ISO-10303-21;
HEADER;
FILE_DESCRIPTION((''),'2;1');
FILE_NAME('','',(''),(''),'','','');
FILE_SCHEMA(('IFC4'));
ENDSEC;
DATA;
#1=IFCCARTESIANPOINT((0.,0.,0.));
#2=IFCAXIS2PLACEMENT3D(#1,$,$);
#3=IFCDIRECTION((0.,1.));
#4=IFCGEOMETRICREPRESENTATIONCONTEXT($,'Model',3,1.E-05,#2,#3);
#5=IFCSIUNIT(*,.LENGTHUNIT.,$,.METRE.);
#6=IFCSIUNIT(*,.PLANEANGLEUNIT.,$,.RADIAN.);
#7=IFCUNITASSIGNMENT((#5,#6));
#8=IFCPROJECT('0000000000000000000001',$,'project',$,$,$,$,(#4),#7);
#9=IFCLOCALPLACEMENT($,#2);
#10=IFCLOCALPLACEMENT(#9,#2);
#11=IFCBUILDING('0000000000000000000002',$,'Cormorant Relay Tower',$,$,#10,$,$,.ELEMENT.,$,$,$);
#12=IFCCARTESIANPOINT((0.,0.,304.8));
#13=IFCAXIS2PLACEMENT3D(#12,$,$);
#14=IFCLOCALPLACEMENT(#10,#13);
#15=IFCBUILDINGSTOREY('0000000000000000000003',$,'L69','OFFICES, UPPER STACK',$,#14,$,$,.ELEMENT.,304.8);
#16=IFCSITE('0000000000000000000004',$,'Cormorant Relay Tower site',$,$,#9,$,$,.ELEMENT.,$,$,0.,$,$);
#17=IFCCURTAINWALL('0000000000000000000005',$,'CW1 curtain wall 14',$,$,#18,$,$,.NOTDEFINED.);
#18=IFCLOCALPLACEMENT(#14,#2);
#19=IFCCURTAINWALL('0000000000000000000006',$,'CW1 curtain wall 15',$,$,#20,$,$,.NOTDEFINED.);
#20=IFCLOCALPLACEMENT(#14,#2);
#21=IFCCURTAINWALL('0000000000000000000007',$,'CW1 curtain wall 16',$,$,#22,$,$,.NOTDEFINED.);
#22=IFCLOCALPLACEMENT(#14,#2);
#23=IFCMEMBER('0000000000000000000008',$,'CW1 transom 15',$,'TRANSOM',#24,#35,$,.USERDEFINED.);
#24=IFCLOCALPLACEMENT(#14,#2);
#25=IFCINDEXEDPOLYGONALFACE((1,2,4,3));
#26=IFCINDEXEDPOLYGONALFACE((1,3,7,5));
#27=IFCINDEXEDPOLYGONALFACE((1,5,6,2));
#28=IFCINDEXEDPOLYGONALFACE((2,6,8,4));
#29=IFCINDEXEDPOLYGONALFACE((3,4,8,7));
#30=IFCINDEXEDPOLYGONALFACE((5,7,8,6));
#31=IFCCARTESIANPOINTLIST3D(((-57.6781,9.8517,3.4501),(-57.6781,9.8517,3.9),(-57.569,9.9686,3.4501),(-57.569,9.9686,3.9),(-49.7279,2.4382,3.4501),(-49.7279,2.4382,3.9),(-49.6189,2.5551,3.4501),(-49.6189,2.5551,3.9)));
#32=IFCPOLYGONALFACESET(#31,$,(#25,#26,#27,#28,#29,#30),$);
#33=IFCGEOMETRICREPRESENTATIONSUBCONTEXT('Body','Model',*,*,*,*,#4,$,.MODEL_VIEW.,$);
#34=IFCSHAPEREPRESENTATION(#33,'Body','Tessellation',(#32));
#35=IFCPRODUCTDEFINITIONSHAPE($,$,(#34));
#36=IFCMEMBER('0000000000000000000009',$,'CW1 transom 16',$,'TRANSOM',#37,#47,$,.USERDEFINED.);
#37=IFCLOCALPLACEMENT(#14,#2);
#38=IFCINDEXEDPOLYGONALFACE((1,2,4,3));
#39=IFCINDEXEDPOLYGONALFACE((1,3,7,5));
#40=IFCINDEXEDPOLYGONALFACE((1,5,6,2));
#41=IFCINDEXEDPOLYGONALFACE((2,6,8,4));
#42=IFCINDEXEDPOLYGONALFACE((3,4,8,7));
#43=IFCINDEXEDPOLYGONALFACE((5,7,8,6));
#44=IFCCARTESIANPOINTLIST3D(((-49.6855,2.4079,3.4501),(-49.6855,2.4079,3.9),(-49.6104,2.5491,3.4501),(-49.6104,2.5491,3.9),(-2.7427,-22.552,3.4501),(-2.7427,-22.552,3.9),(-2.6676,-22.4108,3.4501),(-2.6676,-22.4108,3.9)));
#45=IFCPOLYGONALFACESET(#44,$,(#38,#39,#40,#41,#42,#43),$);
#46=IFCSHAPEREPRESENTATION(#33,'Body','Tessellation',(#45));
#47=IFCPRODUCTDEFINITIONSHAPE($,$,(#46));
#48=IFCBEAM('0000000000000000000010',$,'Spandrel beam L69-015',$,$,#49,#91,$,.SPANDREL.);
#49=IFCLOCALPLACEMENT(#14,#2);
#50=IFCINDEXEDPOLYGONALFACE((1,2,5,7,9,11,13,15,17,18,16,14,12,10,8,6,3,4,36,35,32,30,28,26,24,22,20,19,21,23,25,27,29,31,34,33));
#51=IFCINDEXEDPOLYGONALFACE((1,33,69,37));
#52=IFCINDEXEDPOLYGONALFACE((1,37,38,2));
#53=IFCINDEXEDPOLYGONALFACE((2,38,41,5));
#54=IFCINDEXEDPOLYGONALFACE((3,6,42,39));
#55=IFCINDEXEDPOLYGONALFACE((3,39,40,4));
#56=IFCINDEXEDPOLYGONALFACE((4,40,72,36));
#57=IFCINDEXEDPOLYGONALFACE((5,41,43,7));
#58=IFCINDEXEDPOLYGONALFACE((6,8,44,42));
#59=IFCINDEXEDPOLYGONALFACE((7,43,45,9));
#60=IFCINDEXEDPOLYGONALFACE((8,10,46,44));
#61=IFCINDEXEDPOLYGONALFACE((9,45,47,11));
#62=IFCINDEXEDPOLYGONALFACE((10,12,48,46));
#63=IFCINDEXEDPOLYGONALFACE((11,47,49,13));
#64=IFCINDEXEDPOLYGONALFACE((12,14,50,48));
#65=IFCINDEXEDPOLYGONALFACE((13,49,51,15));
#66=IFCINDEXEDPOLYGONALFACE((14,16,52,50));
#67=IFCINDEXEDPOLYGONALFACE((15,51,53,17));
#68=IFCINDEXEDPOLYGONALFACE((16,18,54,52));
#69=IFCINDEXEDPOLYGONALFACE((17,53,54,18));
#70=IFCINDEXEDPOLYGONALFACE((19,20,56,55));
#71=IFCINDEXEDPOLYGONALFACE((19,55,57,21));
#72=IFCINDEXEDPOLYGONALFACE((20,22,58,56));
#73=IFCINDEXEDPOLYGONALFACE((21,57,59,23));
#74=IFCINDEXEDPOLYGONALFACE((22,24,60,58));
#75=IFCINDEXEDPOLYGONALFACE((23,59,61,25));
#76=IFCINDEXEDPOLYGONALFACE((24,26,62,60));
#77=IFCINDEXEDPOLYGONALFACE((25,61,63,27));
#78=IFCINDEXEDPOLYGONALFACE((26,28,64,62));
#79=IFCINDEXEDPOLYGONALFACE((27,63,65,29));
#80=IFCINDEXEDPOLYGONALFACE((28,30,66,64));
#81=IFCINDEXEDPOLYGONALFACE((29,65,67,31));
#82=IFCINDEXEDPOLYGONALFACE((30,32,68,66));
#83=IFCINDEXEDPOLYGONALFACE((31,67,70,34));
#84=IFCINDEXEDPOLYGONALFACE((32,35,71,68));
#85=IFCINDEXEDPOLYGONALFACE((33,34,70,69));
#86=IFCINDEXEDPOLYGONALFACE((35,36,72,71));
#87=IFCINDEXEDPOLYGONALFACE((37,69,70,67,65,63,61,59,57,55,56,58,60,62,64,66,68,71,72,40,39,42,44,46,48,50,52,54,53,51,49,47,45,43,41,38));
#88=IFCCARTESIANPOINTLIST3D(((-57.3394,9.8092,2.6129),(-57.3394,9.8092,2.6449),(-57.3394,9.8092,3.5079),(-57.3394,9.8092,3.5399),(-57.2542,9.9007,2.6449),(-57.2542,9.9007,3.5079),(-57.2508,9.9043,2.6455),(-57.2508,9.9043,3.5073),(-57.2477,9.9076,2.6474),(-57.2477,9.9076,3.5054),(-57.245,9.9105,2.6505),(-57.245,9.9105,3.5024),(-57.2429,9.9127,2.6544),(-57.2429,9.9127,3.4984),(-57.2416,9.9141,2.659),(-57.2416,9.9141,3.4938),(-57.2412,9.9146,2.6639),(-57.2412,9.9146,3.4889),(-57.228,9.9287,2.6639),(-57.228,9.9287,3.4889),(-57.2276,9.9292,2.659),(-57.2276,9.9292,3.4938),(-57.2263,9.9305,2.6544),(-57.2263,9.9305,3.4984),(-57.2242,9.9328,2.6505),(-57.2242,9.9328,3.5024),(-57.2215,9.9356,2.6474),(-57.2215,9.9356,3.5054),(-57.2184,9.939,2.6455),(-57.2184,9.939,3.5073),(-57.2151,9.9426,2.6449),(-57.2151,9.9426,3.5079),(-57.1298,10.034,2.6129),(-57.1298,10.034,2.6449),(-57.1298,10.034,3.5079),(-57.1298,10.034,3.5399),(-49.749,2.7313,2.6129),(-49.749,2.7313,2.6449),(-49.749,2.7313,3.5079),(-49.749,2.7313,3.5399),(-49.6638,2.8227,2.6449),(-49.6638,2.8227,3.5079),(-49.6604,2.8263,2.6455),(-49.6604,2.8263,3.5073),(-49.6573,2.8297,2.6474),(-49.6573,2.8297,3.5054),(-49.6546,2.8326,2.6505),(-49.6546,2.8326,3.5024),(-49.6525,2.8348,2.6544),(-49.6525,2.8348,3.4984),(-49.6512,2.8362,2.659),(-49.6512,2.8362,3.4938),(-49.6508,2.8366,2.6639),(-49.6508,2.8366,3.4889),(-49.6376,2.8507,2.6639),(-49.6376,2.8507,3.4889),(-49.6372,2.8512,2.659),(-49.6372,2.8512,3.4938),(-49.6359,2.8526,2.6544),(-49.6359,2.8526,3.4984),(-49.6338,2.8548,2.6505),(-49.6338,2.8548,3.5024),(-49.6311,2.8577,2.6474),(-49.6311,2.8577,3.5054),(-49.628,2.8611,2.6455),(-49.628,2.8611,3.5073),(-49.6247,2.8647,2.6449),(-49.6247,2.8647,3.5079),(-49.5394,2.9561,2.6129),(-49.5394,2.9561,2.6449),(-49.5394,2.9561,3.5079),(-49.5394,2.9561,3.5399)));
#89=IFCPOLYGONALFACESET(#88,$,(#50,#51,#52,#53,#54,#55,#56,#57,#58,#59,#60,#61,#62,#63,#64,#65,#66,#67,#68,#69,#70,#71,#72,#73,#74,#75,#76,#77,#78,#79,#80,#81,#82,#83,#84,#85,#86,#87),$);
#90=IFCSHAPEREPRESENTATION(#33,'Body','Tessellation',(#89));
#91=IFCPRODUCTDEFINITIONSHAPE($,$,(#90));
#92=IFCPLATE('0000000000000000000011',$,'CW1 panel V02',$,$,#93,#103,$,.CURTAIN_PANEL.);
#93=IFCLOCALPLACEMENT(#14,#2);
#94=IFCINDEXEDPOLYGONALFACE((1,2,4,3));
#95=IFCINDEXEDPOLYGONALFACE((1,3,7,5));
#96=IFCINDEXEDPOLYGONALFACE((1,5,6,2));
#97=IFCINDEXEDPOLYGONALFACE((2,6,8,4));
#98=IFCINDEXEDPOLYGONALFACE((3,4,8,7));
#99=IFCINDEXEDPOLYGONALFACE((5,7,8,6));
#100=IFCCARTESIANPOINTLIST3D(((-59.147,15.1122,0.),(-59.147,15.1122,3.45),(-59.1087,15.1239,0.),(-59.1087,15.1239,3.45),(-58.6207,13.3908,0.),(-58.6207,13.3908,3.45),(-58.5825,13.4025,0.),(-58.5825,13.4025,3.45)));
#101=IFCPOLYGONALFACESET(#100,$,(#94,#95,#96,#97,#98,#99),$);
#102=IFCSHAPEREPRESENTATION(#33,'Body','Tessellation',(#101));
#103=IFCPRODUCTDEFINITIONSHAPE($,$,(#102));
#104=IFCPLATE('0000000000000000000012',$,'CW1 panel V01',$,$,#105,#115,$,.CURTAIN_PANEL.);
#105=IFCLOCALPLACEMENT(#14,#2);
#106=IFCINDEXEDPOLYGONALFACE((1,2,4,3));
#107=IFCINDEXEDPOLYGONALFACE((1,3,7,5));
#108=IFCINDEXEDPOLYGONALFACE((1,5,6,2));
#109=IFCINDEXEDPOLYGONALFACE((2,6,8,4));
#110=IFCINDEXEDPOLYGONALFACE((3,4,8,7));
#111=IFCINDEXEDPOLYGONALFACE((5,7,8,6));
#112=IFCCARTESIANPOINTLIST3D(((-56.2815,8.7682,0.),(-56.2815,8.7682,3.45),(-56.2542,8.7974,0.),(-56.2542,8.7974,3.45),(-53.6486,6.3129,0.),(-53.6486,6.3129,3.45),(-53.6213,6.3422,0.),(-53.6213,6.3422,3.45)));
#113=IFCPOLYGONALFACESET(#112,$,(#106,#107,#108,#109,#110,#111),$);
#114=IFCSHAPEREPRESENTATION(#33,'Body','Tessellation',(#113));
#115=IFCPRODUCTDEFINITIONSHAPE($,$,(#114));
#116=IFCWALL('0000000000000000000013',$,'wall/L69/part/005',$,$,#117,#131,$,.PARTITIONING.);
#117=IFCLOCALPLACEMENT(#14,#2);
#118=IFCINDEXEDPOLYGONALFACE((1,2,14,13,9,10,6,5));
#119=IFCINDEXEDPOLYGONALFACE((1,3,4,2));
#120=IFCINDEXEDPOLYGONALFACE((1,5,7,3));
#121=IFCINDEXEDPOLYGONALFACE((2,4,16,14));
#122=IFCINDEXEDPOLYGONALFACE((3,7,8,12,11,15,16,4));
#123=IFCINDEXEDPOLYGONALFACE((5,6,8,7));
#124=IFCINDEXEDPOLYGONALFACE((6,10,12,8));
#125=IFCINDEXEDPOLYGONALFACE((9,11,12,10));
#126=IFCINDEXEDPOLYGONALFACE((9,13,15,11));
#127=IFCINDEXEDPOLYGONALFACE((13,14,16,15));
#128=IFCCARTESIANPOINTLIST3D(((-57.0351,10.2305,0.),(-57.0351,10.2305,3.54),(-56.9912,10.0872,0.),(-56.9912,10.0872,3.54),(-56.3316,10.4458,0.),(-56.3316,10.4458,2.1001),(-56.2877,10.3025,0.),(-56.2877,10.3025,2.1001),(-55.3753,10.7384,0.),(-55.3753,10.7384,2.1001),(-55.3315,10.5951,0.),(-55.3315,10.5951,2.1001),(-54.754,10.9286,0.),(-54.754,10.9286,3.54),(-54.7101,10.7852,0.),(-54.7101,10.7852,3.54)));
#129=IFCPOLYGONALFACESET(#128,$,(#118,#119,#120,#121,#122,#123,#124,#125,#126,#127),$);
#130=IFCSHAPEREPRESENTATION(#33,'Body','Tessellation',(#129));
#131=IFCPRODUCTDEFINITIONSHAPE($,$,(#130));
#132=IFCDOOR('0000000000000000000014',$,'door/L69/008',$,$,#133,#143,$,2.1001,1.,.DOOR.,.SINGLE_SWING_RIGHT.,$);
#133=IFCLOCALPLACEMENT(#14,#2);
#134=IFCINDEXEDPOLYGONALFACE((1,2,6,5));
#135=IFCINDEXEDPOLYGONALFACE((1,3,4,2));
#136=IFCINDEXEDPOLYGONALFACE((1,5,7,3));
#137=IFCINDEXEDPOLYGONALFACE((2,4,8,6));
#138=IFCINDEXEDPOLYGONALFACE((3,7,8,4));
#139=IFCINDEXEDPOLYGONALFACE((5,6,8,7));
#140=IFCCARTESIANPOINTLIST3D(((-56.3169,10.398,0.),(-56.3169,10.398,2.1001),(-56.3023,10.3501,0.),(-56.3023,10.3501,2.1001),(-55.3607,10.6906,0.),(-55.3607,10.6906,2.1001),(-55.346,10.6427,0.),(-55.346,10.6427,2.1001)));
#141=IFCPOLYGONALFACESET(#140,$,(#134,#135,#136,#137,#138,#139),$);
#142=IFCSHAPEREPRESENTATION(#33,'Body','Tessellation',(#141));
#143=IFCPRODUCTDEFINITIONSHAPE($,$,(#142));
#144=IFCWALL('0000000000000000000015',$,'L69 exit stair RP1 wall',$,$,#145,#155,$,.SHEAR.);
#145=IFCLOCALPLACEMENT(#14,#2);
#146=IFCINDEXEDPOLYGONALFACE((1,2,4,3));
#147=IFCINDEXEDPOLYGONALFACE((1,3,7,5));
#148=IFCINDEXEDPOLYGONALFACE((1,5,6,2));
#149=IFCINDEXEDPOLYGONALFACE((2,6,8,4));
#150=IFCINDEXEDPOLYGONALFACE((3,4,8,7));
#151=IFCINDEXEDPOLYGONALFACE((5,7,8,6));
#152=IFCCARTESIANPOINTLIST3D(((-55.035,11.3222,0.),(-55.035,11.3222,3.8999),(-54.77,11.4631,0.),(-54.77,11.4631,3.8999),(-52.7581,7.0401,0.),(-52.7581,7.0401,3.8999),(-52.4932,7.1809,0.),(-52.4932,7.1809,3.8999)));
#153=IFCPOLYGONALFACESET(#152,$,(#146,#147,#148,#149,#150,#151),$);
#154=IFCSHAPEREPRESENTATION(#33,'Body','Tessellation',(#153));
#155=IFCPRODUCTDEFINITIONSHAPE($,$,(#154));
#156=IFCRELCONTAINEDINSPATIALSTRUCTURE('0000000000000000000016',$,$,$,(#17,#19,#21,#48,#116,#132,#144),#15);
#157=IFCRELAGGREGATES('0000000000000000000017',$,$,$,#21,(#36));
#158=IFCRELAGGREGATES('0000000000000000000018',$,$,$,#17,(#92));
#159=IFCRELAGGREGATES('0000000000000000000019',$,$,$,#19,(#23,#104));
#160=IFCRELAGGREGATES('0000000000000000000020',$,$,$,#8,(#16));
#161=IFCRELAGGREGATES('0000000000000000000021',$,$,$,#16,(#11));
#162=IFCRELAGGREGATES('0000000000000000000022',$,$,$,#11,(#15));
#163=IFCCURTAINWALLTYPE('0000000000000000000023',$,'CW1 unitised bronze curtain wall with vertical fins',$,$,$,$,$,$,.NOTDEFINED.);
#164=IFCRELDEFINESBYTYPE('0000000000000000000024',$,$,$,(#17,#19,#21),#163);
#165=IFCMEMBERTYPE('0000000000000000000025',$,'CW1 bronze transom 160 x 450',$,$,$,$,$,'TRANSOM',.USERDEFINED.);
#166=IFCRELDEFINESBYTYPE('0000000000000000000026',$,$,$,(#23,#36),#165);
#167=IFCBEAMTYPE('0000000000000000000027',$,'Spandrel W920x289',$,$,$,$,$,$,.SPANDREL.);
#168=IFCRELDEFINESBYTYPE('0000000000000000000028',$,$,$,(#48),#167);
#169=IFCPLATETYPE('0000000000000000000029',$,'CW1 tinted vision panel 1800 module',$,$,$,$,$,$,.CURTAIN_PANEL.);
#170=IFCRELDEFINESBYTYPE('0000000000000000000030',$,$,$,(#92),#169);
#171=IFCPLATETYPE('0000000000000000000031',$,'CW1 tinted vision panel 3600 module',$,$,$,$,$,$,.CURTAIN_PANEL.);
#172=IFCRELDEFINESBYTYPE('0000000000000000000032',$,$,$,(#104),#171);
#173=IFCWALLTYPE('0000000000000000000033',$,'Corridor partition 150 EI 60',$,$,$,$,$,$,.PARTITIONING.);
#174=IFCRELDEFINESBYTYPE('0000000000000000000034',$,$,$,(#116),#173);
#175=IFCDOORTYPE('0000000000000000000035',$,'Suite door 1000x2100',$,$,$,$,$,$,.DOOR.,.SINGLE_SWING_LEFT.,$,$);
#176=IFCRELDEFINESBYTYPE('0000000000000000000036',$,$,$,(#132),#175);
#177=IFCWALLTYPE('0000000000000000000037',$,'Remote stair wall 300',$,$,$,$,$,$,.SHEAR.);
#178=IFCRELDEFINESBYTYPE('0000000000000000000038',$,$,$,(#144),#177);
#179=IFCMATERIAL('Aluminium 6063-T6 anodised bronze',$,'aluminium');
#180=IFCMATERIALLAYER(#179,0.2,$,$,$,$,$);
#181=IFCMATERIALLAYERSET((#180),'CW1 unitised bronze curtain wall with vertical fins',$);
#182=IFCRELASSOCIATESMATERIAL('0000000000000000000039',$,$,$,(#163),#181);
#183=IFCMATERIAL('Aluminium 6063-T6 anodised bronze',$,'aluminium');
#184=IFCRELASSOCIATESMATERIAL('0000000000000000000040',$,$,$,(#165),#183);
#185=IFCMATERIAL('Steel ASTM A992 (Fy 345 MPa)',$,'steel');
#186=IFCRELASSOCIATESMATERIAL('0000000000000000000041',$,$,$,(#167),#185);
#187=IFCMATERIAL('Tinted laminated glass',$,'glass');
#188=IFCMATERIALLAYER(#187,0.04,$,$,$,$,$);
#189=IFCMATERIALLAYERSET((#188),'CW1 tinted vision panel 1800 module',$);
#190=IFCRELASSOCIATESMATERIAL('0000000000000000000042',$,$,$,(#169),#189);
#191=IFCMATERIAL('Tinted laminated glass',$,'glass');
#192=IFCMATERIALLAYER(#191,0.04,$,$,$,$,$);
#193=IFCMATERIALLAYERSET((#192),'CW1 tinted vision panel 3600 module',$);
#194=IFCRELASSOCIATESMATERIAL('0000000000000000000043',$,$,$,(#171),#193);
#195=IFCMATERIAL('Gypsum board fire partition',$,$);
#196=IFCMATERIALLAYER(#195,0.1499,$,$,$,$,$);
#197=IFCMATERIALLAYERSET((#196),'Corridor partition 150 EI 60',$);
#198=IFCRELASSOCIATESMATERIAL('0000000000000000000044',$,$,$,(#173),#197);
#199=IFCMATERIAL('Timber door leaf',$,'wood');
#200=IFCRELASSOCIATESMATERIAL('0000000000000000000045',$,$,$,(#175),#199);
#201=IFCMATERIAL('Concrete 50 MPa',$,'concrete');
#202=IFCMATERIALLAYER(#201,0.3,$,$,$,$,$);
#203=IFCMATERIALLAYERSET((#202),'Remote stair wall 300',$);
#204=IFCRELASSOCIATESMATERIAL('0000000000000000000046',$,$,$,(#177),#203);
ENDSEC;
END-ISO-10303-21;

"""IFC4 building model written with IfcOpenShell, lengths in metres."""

from ifc_helpers import new_model, si_unit, direction, frame, frame_2d, origin, origin_2d, place, context, subcontext, project, spatial, rectangle, i_section, extrude, material, layer, layer_set, material_profile, profile_set, type_object, element, fill, aggregate, save


model = new_model("IFC4")

# Units and contexts
model_context = context("Model", 3, precision=1e-05, world=origin(), true_north=direction((0.0, 1.0)))
body_context = subcontext(model_context, "Body", "Model", "MODEL_VIEW")
ifc_project = project(units=[si_unit("LENGTHUNIT", "METRE"), si_unit("PLANEANGLEUNIT", "RADIAN")], contexts=[model_context])

# Site, building, storey
site_placement = place(None, origin())
site = spatial("IfcSite", under=ifc_project, at=site_placement, Name="Cormorant Relay Tower site", CompositionType="ELEMENT", RefElevation=0.0)
building_placement = place(site_placement, origin())
building = spatial("IfcBuilding", under=site, at=building_placement, Name="Cormorant Relay Tower", CompositionType="ELEMENT")
storey_placement = place(building_placement, frame((0.0, 0.0, 304.8)))
storey = spatial("IfcBuildingStorey", under=building, at=storey_placement, Name="L69", Description="OFFICES, UPPER STACK", CompositionType="ELEMENT", Elevation=304.8)

# Curtain wall
ifc_material_1 = material(Name="Aluminium 6063-T6 anodised bronze", Category="aluminium")
ifc_layer_1 = layer(ifc_material_1, 0.2)
ifc_layer_set_1 = layer_set([ifc_layer_1], Name="CW1 unitised bronze curtain wall with vertical fins")
curtain_wall_type = type_object("IfcCurtainWallType", Name="CW1 unitised bronze curtain wall with vertical fins", PredefinedType="NOTDEFINED", material=ifc_layer_set_1)
curtain_wall_1_placement = place(storey_placement, origin())
curtain_wall_1 = element("IfcCurtainWall", 1, at=curtain_wall_1_placement, inside=storey, type_object=curtain_wall_type, Name="CW1 curtain wall 14", PredefinedType="NOTDEFINED")

# Curtain wall
curtain_wall_2_placement = place(storey_placement, origin())
curtain_wall_2 = element("IfcCurtainWall", 2, at=curtain_wall_2_placement, inside=storey, type_object=curtain_wall_type, Name="CW1 curtain wall 15", PredefinedType="NOTDEFINED")

# Curtain wall
curtain_wall_3_placement = place(storey_placement, origin())
curtain_wall_3 = element("IfcCurtainWall", 3, at=curtain_wall_3_placement, inside=storey, type_object=curtain_wall_type, Name="CW1 curtain wall 16", PredefinedType="NOTDEFINED")

# Members
ifc_material_2 = material(Name="Aluminium 6063-T6 anodised bronze", Category="aluminium")
ifc_material_profile_1 = material_profile(ifc_material_2, rectangle(XDim=0.1599, YDim=0.45, at=origin_2d()), Name="AL 160x450")
ifc_profile_set_1 = profile_set([ifc_material_profile_1], Name="Aluminium 6063-T6 anodised bronze")
member_type_1 = type_object("IfcMemberType", Name="CW1 bronze transom 160 x 450", ElementType="TRANSOM", PredefinedType="USERDEFINED", material=ifc_profile_set_1)
member_1_placement = place(storey_placement, frame((-57.6235, 9.9102, 3.675), z_axis=(0.731358, -0.681993, 0.0), x_axis=(0.681993, 0.731358, 0.0)))
member_1 = element("IfcMember", 4, at=member_1_placement, type_object=member_type_1, Name="CW1 transom 15", ObjectType="TRANSOM", PredefinedType="USERDEFINED", context=body_context, shape_type="SweptSolid", body=[
    extrude(rectangle(XDim=0.1599, YDim=0.45, at=origin_2d()), origin(), (0.0, 0.0, 1.0), 10.8704),
])
member_2_placement = place(storey_placement, frame((-49.6479, 2.4785, 3.675), z_axis=(0.882948, -0.469471, 0.0), x_axis=(0.469471, 0.882948, 0.0)))
member_2 = element("IfcMember", 5, at=member_2_placement, type_object=member_type_1, Name="CW1 transom 16", ObjectType="TRANSOM", PredefinedType="USERDEFINED", context=body_context, shape_type="SweptSolid", body=[
    extrude(rectangle(XDim=0.1599, YDim=0.45, at=origin_2d()), origin(), (0.0, 0.0, 1.0), 53.166),
])
aggregate(curtain_wall_3, [member_2])

# Beam
ifc_material_3 = material(Name="Steel ASTM A992 (Fy 345 MPa)", Category="steel")
ifc_material_profile_2 = material_profile(ifc_material_3, i_section(OverallWidth=0.3074, OverallDepth=0.927, WebThickness=0.0193, FlangeThickness=0.032, FilletRadius=0.019, at=origin_2d()), Name="W920x289")
ifc_profile_set_2 = profile_set([ifc_material_profile_2], Name="Steel ASTM A992 (Fy 345 MPa)")
beam_type = type_object("IfcBeamType", Name="Spandrel W920x289", PredefinedType="SPANDREL", material=ifc_profile_set_2)
beam_placement = place(storey_placement, frame((-57.2346, 9.9216, 3.0764), z_axis=(0.731364, -0.681987, 0.0), x_axis=(0.681987, 0.731364, 0.0)))
element("IfcBeam", 6, at=beam_placement, inside=storey, type_object=beam_type, Name="Spandrel beam L69-015", PredefinedType="SPANDREL", context=body_context, shape_type="SweptSolid", body=[
    extrude(i_section(OverallWidth=0.3074, OverallDepth=0.927, WebThickness=0.0193, FlangeThickness=0.032, FilletRadius=0.019, at=origin_2d()), origin(), (0.0, 0.0, 1.0), 10.3784),
])

# Plates
ifc_material_4 = material(Name="Tinted laminated glass", Category="glass")
ifc_layer_2 = layer(ifc_material_4, 0.04)
ifc_layer_set_2 = layer_set([ifc_layer_2], Name="CW1 tinted vision panel 1800 module")
plate_type_1 = type_object("IfcPlateType", Name="CW1 tinted vision panel 1800 module", PredefinedType="CURTAIN_PANEL", material=ifc_layer_set_2)
plate_1_placement = place(storey_placement, frame((-58.8647, 14.2573, 0.0), z_axis=(0.0, 0.0, 1.0), x_axis=(0.292372, -0.956305, 0.0)))
plate_1 = element("IfcPlate", 7, at=plate_1_placement, type_object=plate_type_1, Name="CW1 panel V02", PredefinedType="CURTAIN_PANEL", context=body_context, shape_type="SweptSolid", body=[
    extrude(rectangle(XDim=1.8, YDim=0.04, at=origin_2d()), origin(), (0.0, 0.0, 1.0), 3.45),
])
ifc_material_5 = material(Name="Tinted laminated glass", Category="glass")
ifc_layer_3 = layer(ifc_material_5, 0.04)
ifc_layer_set_3 = layer_set([ifc_layer_3], Name="CW1 tinted vision panel 3600 module")
plate_type_2 = type_object("IfcPlateType", Name="CW1 tinted vision panel 3600 module", PredefinedType="CURTAIN_PANEL", material=ifc_layer_set_3)
plate_2_placement = place(storey_placement, frame((-54.9514, 7.5552, 0.0), z_axis=(0.0, 0.0, 1.0), x_axis=(0.731354, -0.681998, 0.0)))
plate_2 = element("IfcPlate", 8, at=plate_2_placement, type_object=plate_type_2, Name="CW1 panel V01", PredefinedType="CURTAIN_PANEL", context=body_context, shape_type="SweptSolid", body=[
    extrude(rectangle(XDim=3.6001, YDim=0.04, at=origin_2d()), origin(), (0.0, 0.0, 1.0), 3.45),
])

# Wall, opening, door
ifc_material_6 = material(Name="Gypsum board fire partition")
ifc_layer_4 = layer(ifc_material_6, 0.1499)
ifc_layer_set_4 = layer_set([ifc_layer_4], Name="Corridor partition 150 EI 60")
wall_type_1 = type_object("IfcWallType", Name="Corridor partition 150 EI 60", PredefinedType="PARTITIONING", material=ifc_layer_set_4)
wall_1_placement = place(storey_placement, frame((-54.7319, 10.8569, 0.0), z_axis=(0.0, 0.0, 1.0), x_axis=(-0.956232, -0.292611, 0.0)))
wall_1 = element("IfcWall", 9, at=wall_1_placement, inside=storey, type_object=wall_type_1, Name="wall/L69/part/005", PredefinedType="PARTITIONING", context=body_context, shape_type="SweptSolid", body=[
    extrude(rectangle(XDim=2.3855, YDim=0.1499, at=frame_2d((1.1929, 0.0))), origin(), (0.0, 0.0, 1.0), 3.54),
])
opening_1_placement = place(wall_1_placement, frame((0.6499, 0.0, 0.0)))
opening_1 = element("IfcOpeningElement", 10, at=opening_1_placement, cuts=wall_1, PredefinedType="OPENING", context=body_context, shape_type="SweptSolid", body=[
    extrude(rectangle(XDim=1.0, YDim=2.1001, at=frame_2d((0.5, 1.05))), frame((0.0, 0.085, 0.0), z_axis=(0.0, -1.0, 0.0), x_axis=(1.0, 0.0, 0.0)), (0.0, 0.0, 1.0), 0.1699),
])
ifc_material_7 = material(Name="Timber door leaf", Category="wood")
door_type_1 = type_object("IfcDoorType", Name="Suite door 1000x2100", OperationType="SINGLE_SWING_LEFT", PredefinedType="DOOR", material=ifc_material_7)
door_1_placement = place(opening_1_placement, frame((1.0, 0.0, 0.0), z_axis=(0.0, 0.0, 1.0), x_axis=(-1.0, 0.0, 0.0)))
door_1 = element("IfcDoor", 11, at=door_1_placement, inside=storey, type_object=door_type_1, Name="door/L69/008", OperationType="SINGLE_SWING_RIGHT", OverallHeight=2.1001, OverallWidth=1.0, PredefinedType="DOOR", context=body_context, shape_type="SweptSolid", body=[
    extrude(rectangle(XDim=1.0, YDim=2.1001, at=frame_2d((0.5, 1.05))), frame((0.0, 0.0249, 0.0), z_axis=(0.0, -1.0, 0.0), x_axis=(1.0, 0.0, 0.0)), (0.0, 0.0, 1.0), 0.05),
])
fill(opening_1, door_1)

# Wall
ifc_material_8 = material(Name="Concrete 50 MPa", Category="concrete")
ifc_layer_5 = layer(ifc_material_8, 0.3)
ifc_layer_set_5 = layer_set([ifc_layer_5], Name="Remote stair wall 300")
wall_type_2 = type_object("IfcWallType", Name="Remote stair wall 300", PredefinedType="SHEAR", material=ifc_layer_set_5)
wall_2_placement = place(storey_placement, frame((-52.6257, 7.1106, 0.0), z_axis=(0.0, 0.0, 1.0), x_axis=(-0.469464, 0.882951, 0.0)))
element("IfcWall", 12, at=wall_2_placement, inside=storey, type_object=wall_type_2, Name="L69 exit stair RP1 wall", PredefinedType="SHEAR", context=body_context, shape_type="SweptSolid", body=[
    extrude(rectangle(XDim=4.8499, YDim=0.3, at=frame_2d((2.4248, 0.0))), origin(), (0.0, 0.0, 1.0), 3.8999),
])

aggregate(curtain_wall_1, [plate_1])
aggregate(curtain_wall_2, [member_1, plate_2])

save(model, "model.ifc")
